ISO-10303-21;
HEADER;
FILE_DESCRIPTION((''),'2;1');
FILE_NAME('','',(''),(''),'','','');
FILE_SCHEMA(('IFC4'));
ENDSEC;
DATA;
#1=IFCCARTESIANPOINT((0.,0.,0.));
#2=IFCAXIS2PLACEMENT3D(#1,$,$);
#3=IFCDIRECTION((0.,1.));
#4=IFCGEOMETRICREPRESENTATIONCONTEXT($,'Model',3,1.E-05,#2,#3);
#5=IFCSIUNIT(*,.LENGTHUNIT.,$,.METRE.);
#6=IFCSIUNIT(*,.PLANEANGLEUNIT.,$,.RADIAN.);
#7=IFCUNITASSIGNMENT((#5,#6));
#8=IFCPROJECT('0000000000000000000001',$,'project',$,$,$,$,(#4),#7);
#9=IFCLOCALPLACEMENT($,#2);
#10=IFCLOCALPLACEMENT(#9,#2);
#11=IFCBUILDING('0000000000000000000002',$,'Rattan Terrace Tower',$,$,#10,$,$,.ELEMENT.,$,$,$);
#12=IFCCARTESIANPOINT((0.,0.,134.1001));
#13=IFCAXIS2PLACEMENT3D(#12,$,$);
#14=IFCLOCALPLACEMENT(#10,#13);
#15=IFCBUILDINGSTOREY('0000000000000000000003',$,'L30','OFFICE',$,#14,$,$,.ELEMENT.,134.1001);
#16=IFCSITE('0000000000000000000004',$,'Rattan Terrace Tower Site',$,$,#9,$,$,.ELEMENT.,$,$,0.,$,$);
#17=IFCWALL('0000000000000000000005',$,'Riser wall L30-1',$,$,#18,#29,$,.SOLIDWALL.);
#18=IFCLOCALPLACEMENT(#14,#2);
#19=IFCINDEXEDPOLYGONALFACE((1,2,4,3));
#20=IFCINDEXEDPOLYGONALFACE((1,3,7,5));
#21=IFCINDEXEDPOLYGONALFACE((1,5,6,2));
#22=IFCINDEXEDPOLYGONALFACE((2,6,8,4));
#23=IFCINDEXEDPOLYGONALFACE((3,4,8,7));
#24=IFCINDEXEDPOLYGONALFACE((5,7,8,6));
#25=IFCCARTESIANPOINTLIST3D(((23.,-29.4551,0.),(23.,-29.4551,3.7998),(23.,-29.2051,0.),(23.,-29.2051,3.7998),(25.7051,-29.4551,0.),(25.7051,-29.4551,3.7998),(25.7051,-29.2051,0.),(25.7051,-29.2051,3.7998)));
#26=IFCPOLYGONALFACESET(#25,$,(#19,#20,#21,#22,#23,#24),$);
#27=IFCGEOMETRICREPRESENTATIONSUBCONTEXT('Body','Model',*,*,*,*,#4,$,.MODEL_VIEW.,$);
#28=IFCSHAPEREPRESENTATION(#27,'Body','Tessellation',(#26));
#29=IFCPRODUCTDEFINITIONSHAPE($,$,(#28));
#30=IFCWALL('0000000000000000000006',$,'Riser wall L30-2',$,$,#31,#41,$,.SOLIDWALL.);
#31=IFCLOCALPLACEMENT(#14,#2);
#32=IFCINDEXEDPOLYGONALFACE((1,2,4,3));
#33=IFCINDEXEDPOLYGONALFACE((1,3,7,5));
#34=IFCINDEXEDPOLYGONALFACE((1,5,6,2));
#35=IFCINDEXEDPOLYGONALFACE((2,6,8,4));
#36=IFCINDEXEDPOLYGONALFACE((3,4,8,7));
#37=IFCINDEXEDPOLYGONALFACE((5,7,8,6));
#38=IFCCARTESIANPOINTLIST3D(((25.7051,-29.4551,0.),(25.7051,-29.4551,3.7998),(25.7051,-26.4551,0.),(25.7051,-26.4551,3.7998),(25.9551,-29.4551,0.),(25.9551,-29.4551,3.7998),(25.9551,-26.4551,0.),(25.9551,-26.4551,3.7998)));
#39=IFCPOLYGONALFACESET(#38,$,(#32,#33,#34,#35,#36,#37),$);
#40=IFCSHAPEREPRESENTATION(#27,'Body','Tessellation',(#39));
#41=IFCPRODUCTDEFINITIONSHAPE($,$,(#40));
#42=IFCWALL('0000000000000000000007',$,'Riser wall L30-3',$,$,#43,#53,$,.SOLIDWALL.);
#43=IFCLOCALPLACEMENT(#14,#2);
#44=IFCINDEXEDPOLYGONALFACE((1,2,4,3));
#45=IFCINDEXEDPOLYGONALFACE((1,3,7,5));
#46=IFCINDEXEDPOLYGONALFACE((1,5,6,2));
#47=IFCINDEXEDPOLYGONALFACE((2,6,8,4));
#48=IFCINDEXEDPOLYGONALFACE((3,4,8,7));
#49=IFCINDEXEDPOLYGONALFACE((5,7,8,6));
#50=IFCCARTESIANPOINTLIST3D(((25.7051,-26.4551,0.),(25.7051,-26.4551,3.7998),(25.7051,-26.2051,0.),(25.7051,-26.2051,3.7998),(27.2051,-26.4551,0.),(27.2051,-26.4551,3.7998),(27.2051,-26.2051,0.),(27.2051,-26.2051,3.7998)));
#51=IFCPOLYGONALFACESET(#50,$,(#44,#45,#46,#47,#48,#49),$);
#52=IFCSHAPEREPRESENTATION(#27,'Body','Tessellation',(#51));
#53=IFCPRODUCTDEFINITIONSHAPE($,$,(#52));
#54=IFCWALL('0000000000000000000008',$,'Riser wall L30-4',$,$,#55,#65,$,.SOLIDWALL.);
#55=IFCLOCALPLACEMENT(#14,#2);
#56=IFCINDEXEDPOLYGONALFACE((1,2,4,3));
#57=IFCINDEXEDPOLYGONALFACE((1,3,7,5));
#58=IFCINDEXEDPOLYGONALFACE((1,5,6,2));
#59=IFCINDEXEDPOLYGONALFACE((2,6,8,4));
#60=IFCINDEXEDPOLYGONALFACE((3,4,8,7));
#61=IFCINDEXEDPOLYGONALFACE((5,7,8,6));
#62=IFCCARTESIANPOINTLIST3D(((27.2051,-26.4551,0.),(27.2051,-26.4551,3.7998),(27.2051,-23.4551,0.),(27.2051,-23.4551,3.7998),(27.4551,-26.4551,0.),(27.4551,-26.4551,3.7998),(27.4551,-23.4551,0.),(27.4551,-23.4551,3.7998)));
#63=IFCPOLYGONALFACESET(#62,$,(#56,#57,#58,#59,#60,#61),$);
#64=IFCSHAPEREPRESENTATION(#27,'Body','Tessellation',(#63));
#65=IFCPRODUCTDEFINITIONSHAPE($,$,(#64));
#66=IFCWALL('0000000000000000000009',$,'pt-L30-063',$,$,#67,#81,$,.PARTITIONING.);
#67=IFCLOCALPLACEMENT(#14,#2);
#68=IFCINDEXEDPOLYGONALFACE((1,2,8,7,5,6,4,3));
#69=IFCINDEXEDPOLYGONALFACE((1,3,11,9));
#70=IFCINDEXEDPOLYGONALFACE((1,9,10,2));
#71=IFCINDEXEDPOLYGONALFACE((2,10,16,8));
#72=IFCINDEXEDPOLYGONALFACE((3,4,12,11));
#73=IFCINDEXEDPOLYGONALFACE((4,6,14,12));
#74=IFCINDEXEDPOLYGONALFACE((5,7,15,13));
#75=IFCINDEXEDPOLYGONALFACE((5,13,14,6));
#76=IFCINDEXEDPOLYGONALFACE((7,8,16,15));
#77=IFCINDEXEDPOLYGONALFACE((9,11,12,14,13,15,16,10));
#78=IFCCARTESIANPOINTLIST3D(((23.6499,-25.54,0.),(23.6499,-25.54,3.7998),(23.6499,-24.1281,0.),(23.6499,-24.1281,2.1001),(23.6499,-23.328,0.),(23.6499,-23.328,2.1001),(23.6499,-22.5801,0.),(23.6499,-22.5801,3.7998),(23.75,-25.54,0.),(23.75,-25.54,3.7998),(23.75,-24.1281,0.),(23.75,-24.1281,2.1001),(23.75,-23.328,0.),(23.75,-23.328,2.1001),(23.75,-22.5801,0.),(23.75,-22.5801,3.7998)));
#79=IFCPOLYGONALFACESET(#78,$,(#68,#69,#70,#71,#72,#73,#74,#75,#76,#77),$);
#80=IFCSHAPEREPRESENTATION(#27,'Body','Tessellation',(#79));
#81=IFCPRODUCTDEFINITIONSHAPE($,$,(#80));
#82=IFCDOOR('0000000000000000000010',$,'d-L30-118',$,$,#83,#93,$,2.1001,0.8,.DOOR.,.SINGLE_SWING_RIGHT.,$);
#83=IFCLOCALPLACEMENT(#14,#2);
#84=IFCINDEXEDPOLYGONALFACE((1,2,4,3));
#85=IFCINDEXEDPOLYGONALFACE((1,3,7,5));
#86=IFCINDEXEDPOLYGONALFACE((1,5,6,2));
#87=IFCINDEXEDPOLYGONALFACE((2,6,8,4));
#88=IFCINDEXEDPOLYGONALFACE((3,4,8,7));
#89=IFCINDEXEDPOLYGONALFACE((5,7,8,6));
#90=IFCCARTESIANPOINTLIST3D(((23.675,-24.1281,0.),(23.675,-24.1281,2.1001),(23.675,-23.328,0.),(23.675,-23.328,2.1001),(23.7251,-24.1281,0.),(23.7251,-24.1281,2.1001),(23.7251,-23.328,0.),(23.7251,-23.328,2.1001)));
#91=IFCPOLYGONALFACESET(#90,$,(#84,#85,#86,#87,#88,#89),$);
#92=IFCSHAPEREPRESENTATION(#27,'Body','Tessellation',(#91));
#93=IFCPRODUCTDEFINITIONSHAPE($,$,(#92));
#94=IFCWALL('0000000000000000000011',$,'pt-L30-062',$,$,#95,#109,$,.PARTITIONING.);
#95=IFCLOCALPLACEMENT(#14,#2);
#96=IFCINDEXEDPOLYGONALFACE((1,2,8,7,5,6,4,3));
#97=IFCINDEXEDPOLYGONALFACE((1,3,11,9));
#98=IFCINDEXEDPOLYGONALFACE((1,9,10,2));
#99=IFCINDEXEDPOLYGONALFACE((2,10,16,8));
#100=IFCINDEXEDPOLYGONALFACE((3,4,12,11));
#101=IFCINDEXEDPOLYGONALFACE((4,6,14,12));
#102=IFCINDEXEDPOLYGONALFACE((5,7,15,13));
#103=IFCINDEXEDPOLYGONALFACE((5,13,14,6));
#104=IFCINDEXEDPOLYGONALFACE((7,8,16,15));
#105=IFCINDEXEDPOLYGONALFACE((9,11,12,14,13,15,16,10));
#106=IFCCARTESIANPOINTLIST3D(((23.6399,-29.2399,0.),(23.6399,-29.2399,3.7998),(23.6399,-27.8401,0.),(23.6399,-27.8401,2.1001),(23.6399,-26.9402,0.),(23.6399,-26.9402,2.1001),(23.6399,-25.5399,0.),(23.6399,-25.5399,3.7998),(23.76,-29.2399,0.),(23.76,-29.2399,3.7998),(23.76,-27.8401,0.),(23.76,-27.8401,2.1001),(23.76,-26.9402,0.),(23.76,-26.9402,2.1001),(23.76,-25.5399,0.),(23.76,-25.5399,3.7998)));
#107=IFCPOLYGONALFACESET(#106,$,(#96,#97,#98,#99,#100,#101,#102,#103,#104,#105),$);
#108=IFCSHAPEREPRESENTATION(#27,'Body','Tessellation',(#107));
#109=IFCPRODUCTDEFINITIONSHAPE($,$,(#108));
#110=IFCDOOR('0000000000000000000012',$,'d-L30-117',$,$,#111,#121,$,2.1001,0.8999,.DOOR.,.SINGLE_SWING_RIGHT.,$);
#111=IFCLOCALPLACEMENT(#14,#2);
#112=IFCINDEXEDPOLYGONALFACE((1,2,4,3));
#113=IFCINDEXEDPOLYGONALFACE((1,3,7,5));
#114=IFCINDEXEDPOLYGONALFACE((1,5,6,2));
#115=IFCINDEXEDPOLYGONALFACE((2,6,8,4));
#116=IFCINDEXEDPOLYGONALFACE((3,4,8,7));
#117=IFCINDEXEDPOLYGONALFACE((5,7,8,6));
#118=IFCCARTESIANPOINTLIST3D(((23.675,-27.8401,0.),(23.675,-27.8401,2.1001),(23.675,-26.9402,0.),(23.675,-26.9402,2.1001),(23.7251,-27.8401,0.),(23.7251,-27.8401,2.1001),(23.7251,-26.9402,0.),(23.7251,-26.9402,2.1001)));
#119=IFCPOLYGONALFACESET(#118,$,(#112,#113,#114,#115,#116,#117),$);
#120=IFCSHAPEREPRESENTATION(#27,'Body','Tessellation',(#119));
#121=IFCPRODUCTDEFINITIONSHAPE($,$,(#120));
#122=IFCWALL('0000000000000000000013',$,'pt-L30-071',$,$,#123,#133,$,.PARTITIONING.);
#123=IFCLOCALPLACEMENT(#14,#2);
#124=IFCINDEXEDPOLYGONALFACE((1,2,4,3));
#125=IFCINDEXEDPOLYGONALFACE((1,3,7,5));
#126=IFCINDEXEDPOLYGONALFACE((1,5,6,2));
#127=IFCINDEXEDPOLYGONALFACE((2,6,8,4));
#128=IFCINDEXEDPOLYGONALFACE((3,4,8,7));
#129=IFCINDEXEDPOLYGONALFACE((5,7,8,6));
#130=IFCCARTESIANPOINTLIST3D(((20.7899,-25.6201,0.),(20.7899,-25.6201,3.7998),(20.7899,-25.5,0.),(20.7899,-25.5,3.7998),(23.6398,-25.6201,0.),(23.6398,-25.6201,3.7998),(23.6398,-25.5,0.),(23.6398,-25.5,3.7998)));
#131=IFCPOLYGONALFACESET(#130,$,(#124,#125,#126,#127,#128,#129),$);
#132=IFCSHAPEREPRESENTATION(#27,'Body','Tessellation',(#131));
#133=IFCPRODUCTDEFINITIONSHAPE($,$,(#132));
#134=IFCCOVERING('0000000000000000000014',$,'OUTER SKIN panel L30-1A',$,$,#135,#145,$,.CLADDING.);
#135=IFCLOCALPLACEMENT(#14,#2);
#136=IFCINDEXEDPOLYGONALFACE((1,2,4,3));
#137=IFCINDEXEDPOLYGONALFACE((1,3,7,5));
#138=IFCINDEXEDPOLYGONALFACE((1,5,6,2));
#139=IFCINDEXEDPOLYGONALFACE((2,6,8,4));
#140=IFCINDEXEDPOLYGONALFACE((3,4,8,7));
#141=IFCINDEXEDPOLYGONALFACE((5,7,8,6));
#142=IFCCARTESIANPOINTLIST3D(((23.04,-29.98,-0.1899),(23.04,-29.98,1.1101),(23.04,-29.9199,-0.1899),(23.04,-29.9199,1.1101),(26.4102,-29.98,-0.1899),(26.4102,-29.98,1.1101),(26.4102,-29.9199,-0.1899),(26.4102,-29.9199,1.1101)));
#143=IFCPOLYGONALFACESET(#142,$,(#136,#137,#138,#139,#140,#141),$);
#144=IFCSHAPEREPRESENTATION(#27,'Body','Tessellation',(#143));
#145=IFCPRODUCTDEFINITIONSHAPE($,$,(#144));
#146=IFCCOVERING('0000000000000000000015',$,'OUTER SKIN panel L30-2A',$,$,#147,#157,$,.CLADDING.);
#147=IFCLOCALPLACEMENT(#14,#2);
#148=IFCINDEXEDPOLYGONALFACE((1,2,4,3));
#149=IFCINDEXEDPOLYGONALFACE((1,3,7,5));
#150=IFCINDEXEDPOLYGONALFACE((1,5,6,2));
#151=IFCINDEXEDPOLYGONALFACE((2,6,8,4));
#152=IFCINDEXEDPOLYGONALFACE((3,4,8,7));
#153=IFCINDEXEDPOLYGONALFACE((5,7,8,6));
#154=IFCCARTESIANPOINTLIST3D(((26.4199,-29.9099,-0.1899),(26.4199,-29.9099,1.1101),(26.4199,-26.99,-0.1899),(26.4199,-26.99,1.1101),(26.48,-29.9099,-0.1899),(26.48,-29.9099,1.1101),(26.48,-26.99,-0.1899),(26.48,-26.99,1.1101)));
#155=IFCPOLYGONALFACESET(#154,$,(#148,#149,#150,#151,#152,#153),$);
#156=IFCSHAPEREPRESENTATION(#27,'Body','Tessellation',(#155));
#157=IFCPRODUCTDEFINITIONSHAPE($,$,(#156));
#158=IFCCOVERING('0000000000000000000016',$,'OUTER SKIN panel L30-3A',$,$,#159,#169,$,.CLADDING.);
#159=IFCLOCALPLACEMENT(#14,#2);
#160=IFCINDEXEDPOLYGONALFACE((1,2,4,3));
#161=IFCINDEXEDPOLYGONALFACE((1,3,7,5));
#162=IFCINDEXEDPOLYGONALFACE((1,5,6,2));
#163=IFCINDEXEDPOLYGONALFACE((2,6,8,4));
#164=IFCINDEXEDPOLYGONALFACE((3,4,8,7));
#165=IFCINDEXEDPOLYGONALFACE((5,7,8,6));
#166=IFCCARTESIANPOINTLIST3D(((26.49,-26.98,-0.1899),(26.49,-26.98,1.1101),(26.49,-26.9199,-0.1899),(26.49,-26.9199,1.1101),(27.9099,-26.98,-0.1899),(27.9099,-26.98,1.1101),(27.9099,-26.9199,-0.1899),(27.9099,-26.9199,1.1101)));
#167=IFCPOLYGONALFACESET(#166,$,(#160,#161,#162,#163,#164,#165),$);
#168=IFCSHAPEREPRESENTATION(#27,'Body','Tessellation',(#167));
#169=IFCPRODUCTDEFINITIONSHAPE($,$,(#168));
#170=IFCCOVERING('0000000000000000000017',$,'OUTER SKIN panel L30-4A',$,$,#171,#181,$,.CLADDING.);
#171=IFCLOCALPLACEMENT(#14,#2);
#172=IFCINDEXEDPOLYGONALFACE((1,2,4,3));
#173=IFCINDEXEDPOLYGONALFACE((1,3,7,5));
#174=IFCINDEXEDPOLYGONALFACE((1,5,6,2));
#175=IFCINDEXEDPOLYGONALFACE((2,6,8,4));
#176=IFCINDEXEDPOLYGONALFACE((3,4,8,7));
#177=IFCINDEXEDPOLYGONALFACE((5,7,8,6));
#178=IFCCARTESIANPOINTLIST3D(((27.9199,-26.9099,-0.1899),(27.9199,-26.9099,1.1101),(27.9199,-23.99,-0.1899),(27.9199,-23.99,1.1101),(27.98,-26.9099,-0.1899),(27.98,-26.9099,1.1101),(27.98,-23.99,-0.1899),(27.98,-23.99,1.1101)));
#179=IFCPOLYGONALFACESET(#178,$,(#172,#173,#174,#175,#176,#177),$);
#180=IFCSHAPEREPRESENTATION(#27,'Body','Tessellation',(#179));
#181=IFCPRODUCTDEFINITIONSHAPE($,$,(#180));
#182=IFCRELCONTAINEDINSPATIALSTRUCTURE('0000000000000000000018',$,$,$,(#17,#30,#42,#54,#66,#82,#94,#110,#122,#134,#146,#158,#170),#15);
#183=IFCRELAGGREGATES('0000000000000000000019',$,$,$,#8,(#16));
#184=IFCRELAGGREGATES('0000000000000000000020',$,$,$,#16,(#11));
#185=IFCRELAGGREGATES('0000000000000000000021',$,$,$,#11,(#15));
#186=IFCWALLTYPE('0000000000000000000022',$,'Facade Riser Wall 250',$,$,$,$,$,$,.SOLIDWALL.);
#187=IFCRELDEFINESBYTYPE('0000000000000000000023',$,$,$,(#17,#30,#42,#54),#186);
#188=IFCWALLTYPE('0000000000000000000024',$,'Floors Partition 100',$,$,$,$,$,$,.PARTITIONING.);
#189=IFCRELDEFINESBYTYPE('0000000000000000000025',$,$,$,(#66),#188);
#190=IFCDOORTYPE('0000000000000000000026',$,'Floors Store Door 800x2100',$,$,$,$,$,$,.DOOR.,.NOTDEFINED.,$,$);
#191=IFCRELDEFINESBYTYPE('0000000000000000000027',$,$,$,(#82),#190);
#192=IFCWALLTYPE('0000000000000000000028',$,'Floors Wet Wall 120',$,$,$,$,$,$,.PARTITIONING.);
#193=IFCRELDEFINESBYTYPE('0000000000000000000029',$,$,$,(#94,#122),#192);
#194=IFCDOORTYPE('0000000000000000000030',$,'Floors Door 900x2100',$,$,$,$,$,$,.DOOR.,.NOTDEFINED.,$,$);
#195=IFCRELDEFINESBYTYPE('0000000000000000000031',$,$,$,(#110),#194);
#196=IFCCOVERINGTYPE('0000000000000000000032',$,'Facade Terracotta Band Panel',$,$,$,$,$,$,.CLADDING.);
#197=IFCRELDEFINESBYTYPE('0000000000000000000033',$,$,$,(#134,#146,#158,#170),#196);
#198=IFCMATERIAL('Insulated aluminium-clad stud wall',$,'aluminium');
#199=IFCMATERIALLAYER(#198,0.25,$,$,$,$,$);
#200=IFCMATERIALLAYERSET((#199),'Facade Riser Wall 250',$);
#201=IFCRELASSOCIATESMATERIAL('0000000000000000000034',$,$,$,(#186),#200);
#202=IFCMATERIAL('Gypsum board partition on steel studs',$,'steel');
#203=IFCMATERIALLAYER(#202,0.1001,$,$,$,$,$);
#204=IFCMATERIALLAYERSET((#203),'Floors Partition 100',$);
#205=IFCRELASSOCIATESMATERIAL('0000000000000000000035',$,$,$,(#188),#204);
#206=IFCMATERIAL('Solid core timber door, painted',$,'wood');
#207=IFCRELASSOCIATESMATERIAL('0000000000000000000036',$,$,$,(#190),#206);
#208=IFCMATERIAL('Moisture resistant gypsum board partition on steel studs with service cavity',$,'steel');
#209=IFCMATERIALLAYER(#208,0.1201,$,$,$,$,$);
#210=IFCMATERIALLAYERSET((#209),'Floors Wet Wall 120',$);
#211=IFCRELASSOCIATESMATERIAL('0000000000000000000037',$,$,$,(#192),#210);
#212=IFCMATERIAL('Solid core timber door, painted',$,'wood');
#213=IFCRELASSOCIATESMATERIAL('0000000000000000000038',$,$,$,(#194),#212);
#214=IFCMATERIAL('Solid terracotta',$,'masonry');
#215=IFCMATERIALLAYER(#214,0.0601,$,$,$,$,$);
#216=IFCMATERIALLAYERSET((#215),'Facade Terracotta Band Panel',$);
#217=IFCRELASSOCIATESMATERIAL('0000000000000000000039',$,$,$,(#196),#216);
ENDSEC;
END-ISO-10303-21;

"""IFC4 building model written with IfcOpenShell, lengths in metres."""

from ifc_helpers import new_model, si_unit, direction, frame, frame_2d, origin, origin_2d, place, context, subcontext, project, spatial, rectangle, extrude, material, layer, layer_set, type_object, element, fill, save


model = new_model("IFC4")

# Units and contexts
model_context = context("Model", 3, precision=1e-05, world=origin(), true_north=direction((0.0, 1.0)))
body_context = subcontext(model_context, "Body", "Model", "MODEL_VIEW")
ifc_project = project(units=[si_unit("LENGTHUNIT", "METRE"), si_unit("PLANEANGLEUNIT", "RADIAN")], contexts=[model_context])

# Site, building, storey
site_placement = place(None, origin())
site = spatial("IfcSite", under=ifc_project, at=site_placement, Name="Rattan Terrace Tower Site", CompositionType="ELEMENT", RefElevation=0.0)
building_placement = place(site_placement, origin())
building = spatial("IfcBuilding", under=site, at=building_placement, Name="Rattan Terrace Tower", CompositionType="ELEMENT")
storey_placement = place(building_placement, frame((0.0, 0.0, 134.1001)))
storey = spatial("IfcBuildingStorey", under=building, at=storey_placement, Name="L30", Description="OFFICE", CompositionType="ELEMENT", Elevation=134.1001)

# Walls
ifc_material_1 = material(Name="Insulated aluminium-clad stud wall", Category="aluminium")
ifc_layer_1 = layer(ifc_material_1, 0.25)
ifc_layer_set_1 = layer_set([ifc_layer_1], Name="Facade Riser Wall 250")
wall_type_1 = type_object("IfcWallType", Name="Facade Riser Wall 250", PredefinedType="SOLIDWALL", material=ifc_layer_set_1)
wall_1_placement = place(storey_placement, frame((23.0, -29.3301, 0.0), z_axis=(0.0, 0.0, 1.0), x_axis=(1.0, 0.0, 0.0)))
element("IfcWall", 1, at=wall_1_placement, inside=storey, type_object=wall_type_1, Name="Riser wall L30-1", PredefinedType="SOLIDWALL", context=body_context, shape_type="SweptSolid", body=[
    extrude(rectangle(XDim=2.7051, YDim=0.25, at=frame_2d((1.3525, 0.0))), origin(), (0.0, 0.0, 1.0), 3.7998),
])
wall_2_placement = place(storey_placement, frame((25.8301, -29.4551, 0.0), z_axis=(0.0, 0.0, 1.0), x_axis=(0.0, 1.0, 0.0)))
element("IfcWall", 2, at=wall_2_placement, inside=storey, type_object=wall_type_1, Name="Riser wall L30-2", PredefinedType="SOLIDWALL", context=body_context, shape_type="SweptSolid", body=[
    extrude(rectangle(XDim=3.0, YDim=0.25, at=frame_2d((1.5, 0.0))), origin(), (0.0, 0.0, 1.0), 3.7998),
])
wall_3_placement = place(storey_placement, frame((25.7051, -26.3301, 0.0), z_axis=(0.0, 0.0, 1.0), x_axis=(1.0, 0.0, 0.0)))
element("IfcWall", 3, at=wall_3_placement, inside=storey, type_object=wall_type_1, Name="Riser wall L30-3", PredefinedType="SOLIDWALL", context=body_context, shape_type="SweptSolid", body=[
    extrude(rectangle(XDim=1.5, YDim=0.25, at=frame_2d((0.75, 0.0))), origin(), (0.0, 0.0, 1.0), 3.7998),
])
wall_4_placement = place(storey_placement, frame((27.3301, -26.4551, 0.0), z_axis=(0.0, 0.0, 1.0), x_axis=(0.0, 1.0, 0.0)))
element("IfcWall", 4, at=wall_4_placement, inside=storey, type_object=wall_type_1, Name="Riser wall L30-4", PredefinedType="SOLIDWALL", context=body_context, shape_type="SweptSolid", body=[
    extrude(rectangle(XDim=3.0, YDim=0.25, at=frame_2d((1.5, 0.0))), origin(), (0.0, 0.0, 1.0), 3.7998),
])

# Walls, openings, doors
ifc_material_2 = material(Name="Gypsum board partition on steel studs", Category="steel")
ifc_layer_2 = layer(ifc_material_2, 0.1001)
ifc_layer_set_2 = layer_set([ifc_layer_2], Name="Floors Partition 100")
wall_type_2 = type_object("IfcWallType", Name="Floors Partition 100", PredefinedType="PARTITIONING", material=ifc_layer_set_2)
wall_5_placement = place(storey_placement, frame((23.7, -25.54, 0.0), z_axis=(0.0, 0.0, 1.0), x_axis=(0.0, 1.0, 0.0)))
wall_5 = element("IfcWall", 5, at=wall_5_placement, inside=storey, type_object=wall_type_2, Name="pt-L30-063", PredefinedType="PARTITIONING", context=body_context, shape_type="SweptSolid", body=[
    extrude(rectangle(XDim=2.96, YDim=0.1001, at=frame_2d((1.48, 0.0))), origin(), (0.0, 0.0, 1.0), 3.7998),
])
opening_1_placement = place(wall_5_placement, frame((1.4121, 0.0, 0.0)))
opening_1 = element("IfcOpeningElement", 6, at=opening_1_placement, cuts=wall_5, PredefinedType="OPENING", context=body_context, shape_type="SweptSolid", body=[
    extrude(rectangle(XDim=0.8, YDim=2.1001, at=frame_2d((0.3999, 1.05))), frame((0.0, 0.0605, 0.0), z_axis=(0.0, -1.0, 0.0), x_axis=(1.0, 0.0, 0.0)), (0.0, 0.0, 1.0), 0.1211),
])
ifc_material_3 = material(Name="Solid core timber door, painted", Category="wood")
door_type_1 = type_object("IfcDoorType", Name="Floors Store Door 800x2100", OperationType="NOTDEFINED", PredefinedType="DOOR", material=ifc_material_3)
door_1_placement = place(opening_1_placement, origin())
door_1 = element("IfcDoor", 7, at=door_1_placement, inside=storey, type_object=door_type_1, Name="d-L30-118", OperationType="SINGLE_SWING_RIGHT", OverallHeight=2.1001, OverallWidth=0.8, PredefinedType="DOOR", context=body_context, shape_type="SweptSolid", body=[
    extrude(rectangle(XDim=0.8, YDim=2.1001, at=frame_2d((0.3999, 1.05))), frame((0.0, 0.0249, 0.0), z_axis=(0.0, -1.0, 0.0), x_axis=(1.0, 0.0, 0.0)), (0.0, 0.0, 1.0), 0.05),
])
fill(opening_1, door_1)
ifc_material_4 = material(Name="Moisture resistant gypsum board partition on steel studs with service cavity", Category="steel")
ifc_layer_3 = layer(ifc_material_4, 0.1201)
ifc_layer_set_3 = layer_set([ifc_layer_3], Name="Floors Wet Wall 120")
wall_type_3 = type_object("IfcWallType", Name="Floors Wet Wall 120", PredefinedType="PARTITIONING", material=ifc_layer_set_3)
wall_6_placement = place(storey_placement, frame((23.7, -29.24, 0.0), z_axis=(0.0, 0.0, 1.0), x_axis=(0.0, 1.0, 0.0)))
wall_6 = element("IfcWall", 8, at=wall_6_placement, inside=storey, type_object=wall_type_3, Name="pt-L30-062", PredefinedType="PARTITIONING", context=body_context, shape_type="SweptSolid", body=[
    extrude(rectangle(XDim=3.7, YDim=0.1201, at=frame_2d((1.8501, 0.0))), origin(), (0.0, 0.0, 1.0), 3.7998),
])
opening_2_placement = place(wall_6_placement, frame((1.3999, 0.0, 0.0)))
opening_2 = element("IfcOpeningElement", 9, at=opening_2_placement, cuts=wall_6, PredefinedType="OPENING", context=body_context, shape_type="SweptSolid", body=[
    extrude(rectangle(XDim=0.8999, YDim=2.1001, at=frame_2d((0.45, 1.05))), frame((0.0, 0.0706, 0.0), z_axis=(0.0, -1.0, 0.0), x_axis=(1.0, 0.0, 0.0)), (0.0, 0.0, 1.0), 0.1411),
])
ifc_material_5 = material(Name="Solid core timber door, painted", Category="wood")
door_type_2 = type_object("IfcDoorType", Name="Floors Door 900x2100", OperationType="NOTDEFINED", PredefinedType="DOOR", material=ifc_material_5)
door_2_placement = place(opening_2_placement, origin())
door_2 = element("IfcDoor", 10, at=door_2_placement, inside=storey, type_object=door_type_2, Name="d-L30-117", OperationType="SINGLE_SWING_RIGHT", OverallHeight=2.1001, OverallWidth=0.8999, PredefinedType="DOOR", context=body_context, shape_type="SweptSolid", body=[
    extrude(rectangle(XDim=0.8999, YDim=2.1001, at=frame_2d((0.45, 1.05))), frame((0.0, 0.0249, 0.0), z_axis=(0.0, -1.0, 0.0), x_axis=(1.0, 0.0, 0.0)), (0.0, 0.0, 1.0), 0.05),
])
fill(opening_2, door_2)

# Wall
wall_7_placement = place(storey_placement, frame((20.79, -25.5601, 0.0), z_axis=(0.0, 0.0, 1.0), x_axis=(1.0, 0.0, 0.0)))
element("IfcWall", 11, at=wall_7_placement, inside=storey, type_object=wall_type_3, Name="pt-L30-071", PredefinedType="PARTITIONING", context=body_context, shape_type="SweptSolid", body=[
    extrude(rectangle(XDim=2.8499, YDim=0.1201, at=frame_2d((1.4248, 0.0))), origin(), (0.0, 0.0, 1.0), 3.7998),
])

# Coverings
ifc_material_6 = material(Name="Solid terracotta", Category="masonry")
ifc_layer_4 = layer(ifc_material_6, 0.0601)
ifc_layer_set_4 = layer_set([ifc_layer_4], Name="Facade Terracotta Band Panel")
covering_type_1 = type_object("IfcCoveringType", Name="Facade Terracotta Band Panel", PredefinedType="CLADDING", material=ifc_layer_set_4)
covering_1_placement = place(storey_placement, frame((24.7251, -29.95, -0.1899), z_axis=(0.0, 0.0, 1.0), x_axis=(1.0, 0.0, 0.0)))
element("IfcCovering", 12, at=covering_1_placement, inside=storey, type_object=covering_type_1, Name="OUTER SKIN panel L30-1A", PredefinedType="CLADDING", context=body_context, shape_type="SweptSolid", body=[
    extrude(rectangle(XDim=3.3701, YDim=0.0601, at=origin_2d()), origin(), (0.0, 0.0, 1.0), 1.3),
])
covering_2_placement = place(storey_placement, frame((26.45, -28.45, -0.1899), z_axis=(0.0, 0.0, 1.0), x_axis=(0.0, 1.0, 0.0)))
element("IfcCovering", 13, at=covering_2_placement, inside=storey, type_object=covering_type_1, Name="OUTER SKIN panel L30-2A", PredefinedType="CLADDING", context=body_context, shape_type="SweptSolid", body=[
    extrude(rectangle(XDim=2.9199, YDim=0.0601, at=origin_2d()), origin(), (0.0, 0.0, 1.0), 1.3),
])
covering_3_placement = place(storey_placement, frame((27.2, -26.95, -0.1899), z_axis=(0.0, 0.0, 1.0), x_axis=(1.0, 0.0, 0.0)))
element("IfcCovering", 14, at=covering_3_placement, inside=storey, type_object=covering_type_1, Name="OUTER SKIN panel L30-3A", PredefinedType="CLADDING", context=body_context, shape_type="SweptSolid", body=[
    extrude(rectangle(XDim=1.4199, YDim=0.0601, at=origin_2d()), origin(), (0.0, 0.0, 1.0), 1.3),
])
covering_4_placement = place(storey_placement, frame((27.95, -25.45, -0.1899), z_axis=(0.0, 0.0, 1.0), x_axis=(0.0, 1.0, 0.0)))
element("IfcCovering", 15, at=covering_4_placement, inside=storey, type_object=covering_type_1, Name="OUTER SKIN panel L30-4A", PredefinedType="CLADDING", context=body_context, shape_type="SweptSolid", body=[
    extrude(rectangle(XDim=2.9199, YDim=0.0601, at=origin_2d()), origin(), (0.0, 0.0, 1.0), 1.3),
])

save(model, "model.ifc")
